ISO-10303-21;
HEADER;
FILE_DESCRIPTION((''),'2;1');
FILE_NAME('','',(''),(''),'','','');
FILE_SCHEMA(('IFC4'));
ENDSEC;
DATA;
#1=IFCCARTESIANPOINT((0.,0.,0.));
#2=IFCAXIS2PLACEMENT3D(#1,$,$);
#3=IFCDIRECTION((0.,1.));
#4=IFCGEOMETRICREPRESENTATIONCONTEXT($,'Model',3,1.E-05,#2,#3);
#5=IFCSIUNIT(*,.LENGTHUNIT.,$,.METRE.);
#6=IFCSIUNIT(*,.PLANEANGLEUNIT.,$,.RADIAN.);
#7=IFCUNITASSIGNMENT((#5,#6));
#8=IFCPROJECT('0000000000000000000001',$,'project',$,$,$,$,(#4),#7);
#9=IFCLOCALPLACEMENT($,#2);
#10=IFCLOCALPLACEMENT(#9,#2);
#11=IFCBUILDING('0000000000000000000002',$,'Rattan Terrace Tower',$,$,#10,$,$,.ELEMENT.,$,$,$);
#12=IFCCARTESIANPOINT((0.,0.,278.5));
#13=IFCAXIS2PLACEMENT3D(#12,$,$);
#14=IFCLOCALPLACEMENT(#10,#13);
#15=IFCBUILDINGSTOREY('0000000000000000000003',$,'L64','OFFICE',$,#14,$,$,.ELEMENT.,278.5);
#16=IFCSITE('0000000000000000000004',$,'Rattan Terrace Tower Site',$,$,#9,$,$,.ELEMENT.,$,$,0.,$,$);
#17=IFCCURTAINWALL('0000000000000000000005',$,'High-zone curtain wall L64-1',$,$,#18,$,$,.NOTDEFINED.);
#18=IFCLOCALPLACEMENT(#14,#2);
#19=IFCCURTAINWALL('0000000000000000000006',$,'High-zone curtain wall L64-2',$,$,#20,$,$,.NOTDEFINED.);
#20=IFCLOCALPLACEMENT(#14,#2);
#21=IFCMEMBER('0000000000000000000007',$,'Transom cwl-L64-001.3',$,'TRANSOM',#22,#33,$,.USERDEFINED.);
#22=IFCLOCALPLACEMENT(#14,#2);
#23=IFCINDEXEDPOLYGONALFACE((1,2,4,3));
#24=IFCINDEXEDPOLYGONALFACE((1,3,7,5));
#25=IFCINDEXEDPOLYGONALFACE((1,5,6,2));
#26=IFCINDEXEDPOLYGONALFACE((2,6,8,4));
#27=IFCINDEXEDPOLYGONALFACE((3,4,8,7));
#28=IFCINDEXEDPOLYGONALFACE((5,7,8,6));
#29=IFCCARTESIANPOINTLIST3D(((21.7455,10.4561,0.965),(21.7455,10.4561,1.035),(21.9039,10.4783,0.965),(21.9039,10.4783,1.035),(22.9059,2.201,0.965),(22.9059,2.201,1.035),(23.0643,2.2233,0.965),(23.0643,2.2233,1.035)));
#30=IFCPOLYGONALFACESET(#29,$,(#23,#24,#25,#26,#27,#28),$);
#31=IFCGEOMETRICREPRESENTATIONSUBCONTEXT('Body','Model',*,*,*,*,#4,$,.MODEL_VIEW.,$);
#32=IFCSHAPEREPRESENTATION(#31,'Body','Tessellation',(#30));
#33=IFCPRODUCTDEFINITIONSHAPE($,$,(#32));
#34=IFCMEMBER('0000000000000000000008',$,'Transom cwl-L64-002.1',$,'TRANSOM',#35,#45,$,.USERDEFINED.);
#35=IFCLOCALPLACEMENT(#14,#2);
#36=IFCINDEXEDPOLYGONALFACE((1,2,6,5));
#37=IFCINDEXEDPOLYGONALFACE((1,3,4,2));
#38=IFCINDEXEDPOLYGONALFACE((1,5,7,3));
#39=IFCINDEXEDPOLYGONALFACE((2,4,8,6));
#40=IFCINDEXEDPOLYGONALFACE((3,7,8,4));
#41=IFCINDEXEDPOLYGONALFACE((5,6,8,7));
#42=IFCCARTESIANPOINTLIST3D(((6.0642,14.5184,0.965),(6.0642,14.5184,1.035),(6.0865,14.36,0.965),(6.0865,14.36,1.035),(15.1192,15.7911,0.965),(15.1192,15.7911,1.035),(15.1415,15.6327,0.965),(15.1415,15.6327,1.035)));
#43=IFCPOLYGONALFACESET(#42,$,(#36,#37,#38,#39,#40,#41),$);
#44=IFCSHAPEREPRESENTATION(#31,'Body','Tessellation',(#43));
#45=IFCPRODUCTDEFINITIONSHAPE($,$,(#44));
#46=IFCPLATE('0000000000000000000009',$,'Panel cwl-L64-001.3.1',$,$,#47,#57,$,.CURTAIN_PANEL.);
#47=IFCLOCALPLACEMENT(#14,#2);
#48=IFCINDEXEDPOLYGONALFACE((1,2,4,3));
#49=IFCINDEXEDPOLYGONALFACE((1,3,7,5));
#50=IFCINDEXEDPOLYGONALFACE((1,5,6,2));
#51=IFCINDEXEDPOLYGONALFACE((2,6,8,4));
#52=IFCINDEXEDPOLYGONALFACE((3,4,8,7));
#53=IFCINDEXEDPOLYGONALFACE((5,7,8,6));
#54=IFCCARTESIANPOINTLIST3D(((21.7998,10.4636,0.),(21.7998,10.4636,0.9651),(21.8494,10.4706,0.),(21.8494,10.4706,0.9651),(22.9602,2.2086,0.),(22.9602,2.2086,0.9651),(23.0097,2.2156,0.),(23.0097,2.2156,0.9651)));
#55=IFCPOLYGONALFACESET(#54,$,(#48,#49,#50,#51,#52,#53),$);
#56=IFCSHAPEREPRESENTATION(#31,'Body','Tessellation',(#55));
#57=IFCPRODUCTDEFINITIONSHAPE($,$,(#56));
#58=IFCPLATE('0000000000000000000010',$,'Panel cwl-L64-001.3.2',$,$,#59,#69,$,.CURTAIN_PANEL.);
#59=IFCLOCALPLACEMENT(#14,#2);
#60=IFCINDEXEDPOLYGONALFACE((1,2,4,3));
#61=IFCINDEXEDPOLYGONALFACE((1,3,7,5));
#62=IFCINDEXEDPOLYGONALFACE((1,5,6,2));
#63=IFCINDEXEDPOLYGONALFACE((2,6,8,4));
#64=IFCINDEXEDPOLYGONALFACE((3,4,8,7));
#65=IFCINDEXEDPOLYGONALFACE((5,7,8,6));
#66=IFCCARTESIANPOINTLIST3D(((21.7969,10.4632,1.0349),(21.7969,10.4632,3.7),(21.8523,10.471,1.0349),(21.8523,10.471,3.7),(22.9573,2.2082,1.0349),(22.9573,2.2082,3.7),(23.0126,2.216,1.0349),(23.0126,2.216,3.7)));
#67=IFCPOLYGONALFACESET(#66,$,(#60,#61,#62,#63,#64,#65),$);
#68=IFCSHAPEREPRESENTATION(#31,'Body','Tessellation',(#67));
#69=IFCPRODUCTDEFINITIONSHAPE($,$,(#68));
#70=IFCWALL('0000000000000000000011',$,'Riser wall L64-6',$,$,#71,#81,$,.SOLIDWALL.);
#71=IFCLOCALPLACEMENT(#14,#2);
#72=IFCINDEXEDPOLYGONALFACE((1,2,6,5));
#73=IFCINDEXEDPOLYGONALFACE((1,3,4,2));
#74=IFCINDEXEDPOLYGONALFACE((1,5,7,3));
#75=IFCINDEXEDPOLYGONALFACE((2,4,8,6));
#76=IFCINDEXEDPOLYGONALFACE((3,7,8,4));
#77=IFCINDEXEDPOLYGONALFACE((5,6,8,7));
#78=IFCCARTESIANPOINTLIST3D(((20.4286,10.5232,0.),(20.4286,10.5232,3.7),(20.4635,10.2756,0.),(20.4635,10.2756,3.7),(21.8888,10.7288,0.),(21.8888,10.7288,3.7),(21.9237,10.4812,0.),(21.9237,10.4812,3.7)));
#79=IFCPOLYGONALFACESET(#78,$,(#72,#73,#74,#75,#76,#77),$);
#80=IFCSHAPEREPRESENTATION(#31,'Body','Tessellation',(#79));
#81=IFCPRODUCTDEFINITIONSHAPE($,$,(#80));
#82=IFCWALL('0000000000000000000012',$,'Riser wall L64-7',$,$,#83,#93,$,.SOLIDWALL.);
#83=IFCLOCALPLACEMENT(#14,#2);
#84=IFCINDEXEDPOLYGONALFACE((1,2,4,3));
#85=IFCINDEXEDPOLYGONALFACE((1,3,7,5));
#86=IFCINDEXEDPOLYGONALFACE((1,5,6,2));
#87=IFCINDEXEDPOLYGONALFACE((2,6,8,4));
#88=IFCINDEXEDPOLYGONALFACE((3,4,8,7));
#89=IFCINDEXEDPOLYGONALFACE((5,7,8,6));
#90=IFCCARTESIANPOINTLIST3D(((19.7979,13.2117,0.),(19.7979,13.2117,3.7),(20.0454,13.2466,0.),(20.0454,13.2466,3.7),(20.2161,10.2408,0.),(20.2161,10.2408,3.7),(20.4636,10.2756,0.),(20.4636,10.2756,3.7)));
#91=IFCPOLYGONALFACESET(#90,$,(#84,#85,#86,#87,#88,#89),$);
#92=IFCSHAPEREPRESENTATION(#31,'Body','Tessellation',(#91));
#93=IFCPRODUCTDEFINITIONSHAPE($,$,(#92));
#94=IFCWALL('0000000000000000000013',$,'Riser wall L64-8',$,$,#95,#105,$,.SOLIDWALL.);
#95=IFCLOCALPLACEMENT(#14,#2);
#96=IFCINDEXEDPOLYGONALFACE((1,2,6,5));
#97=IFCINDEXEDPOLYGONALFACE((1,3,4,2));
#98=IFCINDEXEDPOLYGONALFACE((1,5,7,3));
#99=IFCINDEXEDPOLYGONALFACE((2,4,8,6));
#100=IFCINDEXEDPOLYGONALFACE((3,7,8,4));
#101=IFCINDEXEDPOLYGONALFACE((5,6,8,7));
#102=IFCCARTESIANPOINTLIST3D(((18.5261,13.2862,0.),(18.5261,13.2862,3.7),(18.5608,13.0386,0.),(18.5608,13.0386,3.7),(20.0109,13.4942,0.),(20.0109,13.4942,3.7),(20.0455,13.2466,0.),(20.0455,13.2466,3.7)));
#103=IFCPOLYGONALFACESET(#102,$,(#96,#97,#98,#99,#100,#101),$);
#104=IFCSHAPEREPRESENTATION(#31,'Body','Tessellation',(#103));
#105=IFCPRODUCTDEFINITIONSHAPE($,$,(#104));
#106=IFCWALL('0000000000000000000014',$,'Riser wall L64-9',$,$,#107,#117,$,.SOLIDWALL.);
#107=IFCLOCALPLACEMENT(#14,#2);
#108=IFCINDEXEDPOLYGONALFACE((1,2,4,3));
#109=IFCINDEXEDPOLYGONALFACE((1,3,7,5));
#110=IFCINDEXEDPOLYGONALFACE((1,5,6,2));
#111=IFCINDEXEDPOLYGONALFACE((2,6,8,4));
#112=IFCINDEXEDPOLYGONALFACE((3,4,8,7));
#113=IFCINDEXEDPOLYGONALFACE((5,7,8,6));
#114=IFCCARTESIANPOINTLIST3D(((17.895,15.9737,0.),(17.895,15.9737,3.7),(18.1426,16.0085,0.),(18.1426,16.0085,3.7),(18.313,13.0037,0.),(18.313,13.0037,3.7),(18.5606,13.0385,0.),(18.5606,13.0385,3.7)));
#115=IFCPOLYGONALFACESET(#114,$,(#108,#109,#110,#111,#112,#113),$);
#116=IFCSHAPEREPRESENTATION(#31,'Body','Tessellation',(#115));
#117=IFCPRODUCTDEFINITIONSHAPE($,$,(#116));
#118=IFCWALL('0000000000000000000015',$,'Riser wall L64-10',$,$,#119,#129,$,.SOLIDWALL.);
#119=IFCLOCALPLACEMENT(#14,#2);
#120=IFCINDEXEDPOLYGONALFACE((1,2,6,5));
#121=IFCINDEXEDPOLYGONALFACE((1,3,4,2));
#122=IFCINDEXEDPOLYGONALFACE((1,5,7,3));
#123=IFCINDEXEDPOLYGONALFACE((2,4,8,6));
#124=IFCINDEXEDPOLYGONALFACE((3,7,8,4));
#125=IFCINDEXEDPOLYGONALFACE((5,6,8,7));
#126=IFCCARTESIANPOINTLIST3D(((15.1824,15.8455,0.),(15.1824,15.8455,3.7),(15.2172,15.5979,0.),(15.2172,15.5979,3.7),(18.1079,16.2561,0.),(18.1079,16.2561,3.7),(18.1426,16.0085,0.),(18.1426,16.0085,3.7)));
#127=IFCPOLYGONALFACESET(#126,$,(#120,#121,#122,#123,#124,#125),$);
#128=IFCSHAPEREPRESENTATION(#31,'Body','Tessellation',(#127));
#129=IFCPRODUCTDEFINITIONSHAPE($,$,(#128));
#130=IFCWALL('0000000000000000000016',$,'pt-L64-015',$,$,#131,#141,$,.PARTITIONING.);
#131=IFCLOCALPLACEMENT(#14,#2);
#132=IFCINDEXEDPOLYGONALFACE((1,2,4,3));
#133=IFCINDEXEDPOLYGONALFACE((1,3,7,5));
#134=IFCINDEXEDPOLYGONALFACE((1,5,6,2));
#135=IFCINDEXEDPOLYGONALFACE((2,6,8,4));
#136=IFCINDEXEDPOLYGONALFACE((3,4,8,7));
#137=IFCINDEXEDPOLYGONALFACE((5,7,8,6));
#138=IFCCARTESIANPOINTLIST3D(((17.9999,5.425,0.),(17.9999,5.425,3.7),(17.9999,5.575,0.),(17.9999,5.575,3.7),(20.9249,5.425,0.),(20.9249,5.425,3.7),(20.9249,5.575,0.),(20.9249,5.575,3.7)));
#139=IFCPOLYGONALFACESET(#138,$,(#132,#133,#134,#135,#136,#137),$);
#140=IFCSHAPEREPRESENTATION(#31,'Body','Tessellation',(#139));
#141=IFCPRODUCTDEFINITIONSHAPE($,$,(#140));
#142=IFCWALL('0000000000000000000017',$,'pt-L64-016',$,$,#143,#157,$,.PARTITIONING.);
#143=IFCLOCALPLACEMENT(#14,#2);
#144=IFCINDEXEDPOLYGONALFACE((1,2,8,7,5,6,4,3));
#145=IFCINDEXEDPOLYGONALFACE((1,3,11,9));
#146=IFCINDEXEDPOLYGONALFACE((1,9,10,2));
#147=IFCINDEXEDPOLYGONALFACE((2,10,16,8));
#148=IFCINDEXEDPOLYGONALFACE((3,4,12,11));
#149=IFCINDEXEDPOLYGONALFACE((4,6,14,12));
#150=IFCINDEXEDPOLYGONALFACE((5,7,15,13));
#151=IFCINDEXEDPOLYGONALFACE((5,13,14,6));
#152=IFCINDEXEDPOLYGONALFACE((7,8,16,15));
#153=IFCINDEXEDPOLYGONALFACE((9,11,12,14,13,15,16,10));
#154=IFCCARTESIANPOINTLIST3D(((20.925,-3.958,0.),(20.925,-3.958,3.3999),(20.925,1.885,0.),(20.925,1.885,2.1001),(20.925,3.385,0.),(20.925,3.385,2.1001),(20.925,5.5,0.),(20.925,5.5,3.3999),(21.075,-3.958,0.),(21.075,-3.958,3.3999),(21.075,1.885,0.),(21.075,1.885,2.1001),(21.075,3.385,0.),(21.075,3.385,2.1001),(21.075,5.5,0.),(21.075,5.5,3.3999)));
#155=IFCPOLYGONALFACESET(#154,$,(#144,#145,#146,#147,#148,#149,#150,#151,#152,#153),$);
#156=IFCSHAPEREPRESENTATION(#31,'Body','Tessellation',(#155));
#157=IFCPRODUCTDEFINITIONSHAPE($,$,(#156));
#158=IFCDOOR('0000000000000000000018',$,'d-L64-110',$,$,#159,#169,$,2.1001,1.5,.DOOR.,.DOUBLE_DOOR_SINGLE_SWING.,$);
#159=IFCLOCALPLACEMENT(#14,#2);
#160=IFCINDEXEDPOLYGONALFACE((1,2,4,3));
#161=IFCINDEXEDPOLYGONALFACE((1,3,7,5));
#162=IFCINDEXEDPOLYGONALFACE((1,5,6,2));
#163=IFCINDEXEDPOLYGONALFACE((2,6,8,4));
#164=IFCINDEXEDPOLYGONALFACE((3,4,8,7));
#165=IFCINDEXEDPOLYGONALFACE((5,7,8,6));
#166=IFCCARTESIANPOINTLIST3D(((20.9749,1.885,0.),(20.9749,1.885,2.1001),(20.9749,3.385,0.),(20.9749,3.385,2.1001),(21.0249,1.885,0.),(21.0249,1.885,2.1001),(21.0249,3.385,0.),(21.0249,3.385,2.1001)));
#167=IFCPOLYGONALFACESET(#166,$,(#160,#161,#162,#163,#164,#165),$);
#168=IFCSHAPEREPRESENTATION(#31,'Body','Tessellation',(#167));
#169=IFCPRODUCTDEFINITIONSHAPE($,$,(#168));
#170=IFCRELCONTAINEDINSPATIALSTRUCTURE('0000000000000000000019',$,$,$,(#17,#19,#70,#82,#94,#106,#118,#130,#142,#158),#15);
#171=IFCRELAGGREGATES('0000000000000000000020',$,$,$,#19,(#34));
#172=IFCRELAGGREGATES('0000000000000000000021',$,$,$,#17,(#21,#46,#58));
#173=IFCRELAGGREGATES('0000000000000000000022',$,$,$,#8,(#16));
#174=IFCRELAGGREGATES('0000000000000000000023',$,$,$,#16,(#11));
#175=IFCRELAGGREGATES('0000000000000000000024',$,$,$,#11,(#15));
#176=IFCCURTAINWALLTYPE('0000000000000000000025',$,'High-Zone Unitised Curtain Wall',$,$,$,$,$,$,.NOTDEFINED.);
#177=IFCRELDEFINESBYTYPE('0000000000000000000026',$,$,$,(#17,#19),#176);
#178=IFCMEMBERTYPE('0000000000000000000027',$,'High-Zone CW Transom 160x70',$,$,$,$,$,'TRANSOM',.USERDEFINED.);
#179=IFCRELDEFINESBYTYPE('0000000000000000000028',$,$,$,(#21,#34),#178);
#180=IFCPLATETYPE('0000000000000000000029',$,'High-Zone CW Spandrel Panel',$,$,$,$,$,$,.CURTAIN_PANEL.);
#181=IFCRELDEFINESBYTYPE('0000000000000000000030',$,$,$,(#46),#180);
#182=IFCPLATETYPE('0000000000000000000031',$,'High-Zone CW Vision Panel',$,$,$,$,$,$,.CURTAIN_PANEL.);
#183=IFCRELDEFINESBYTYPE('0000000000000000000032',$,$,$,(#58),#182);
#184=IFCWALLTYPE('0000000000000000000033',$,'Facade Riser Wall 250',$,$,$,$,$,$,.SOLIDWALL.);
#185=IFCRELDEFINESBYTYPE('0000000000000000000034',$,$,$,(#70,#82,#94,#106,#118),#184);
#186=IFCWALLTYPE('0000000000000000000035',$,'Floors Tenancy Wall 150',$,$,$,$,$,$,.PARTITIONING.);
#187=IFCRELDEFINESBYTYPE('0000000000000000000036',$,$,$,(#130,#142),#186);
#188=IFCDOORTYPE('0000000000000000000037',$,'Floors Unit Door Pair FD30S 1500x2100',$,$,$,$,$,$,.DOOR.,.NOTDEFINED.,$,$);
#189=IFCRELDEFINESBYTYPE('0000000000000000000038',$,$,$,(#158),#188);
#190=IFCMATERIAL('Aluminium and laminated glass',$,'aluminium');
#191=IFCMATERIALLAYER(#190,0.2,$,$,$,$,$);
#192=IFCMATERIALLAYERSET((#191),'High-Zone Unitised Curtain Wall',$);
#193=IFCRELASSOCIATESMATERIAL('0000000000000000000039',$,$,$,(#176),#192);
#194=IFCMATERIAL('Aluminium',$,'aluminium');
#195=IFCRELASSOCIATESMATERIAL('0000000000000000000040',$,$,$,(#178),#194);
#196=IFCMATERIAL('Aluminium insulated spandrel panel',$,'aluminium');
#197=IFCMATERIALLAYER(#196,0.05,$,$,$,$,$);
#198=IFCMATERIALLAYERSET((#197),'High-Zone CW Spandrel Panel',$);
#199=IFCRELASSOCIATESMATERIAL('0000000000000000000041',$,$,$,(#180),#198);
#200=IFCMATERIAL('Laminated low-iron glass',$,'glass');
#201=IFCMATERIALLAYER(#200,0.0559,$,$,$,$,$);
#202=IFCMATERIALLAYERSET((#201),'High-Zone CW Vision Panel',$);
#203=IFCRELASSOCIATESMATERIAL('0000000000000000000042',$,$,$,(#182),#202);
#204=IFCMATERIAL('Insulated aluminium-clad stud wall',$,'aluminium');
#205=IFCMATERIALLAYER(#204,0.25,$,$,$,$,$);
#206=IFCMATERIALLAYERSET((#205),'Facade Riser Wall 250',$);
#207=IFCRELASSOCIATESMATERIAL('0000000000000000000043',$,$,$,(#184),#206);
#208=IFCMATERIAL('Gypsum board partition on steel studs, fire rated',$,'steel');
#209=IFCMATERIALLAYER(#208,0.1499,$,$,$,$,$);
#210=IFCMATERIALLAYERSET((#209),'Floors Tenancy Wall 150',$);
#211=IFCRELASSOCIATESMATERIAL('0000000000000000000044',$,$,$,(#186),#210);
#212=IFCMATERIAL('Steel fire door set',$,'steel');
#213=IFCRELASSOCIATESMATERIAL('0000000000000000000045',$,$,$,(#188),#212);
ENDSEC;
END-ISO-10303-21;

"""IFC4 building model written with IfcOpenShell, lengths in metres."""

from ifc_helpers import new_model, si_unit, direction, frame, frame_2d, origin, origin_2d, place, context, subcontext, project, spatial, rectangle, extrude, material, layer, layer_set, material_profile, profile_set, type_object, element, fill, aggregate, save


model = new_model("IFC4")

# Units and contexts
model_context = context("Model", 3, precision=1e-05, world=origin(), true_north=direction((0.0, 1.0)))
body_context = subcontext(model_context, "Body", "Model", "MODEL_VIEW")
ifc_project = project(units=[si_unit("LENGTHUNIT", "METRE"), si_unit("PLANEANGLEUNIT", "RADIAN")], contexts=[model_context])

# Site, building, storey
site_placement = place(None, origin())
site = spatial("IfcSite", under=ifc_project, at=site_placement, Name="Rattan Terrace Tower Site", CompositionType="ELEMENT", RefElevation=0.0)
building_placement = place(site_placement, origin())
building = spatial("IfcBuilding", under=site, at=building_placement, Name="Rattan Terrace Tower", CompositionType="ELEMENT")
storey_placement = place(building_placement, frame((0.0, 0.0, 278.5)))
storey = spatial("IfcBuildingStorey", under=building, at=storey_placement, Name="L64", Description="OFFICE", CompositionType="ELEMENT", Elevation=278.5)

# Curtain walls
ifc_material_1 = material(Name="Aluminium and laminated glass", Category="aluminium")
ifc_layer_1 = layer(ifc_material_1, 0.2)
ifc_layer_set_1 = layer_set([ifc_layer_1], Name="High-Zone Unitised Curtain Wall")
curtain_wall_type = type_object("IfcCurtainWallType", Name="High-Zone Unitised Curtain Wall", PredefinedType="NOTDEFINED", material=ifc_layer_set_1)
curtain_wall_1_placement = place(storey_placement, origin())
curtain_wall_1 = element("IfcCurtainWall", 1, at=curtain_wall_1_placement, inside=storey, type_object=curtain_wall_type, Name="High-zone curtain wall L64-1", PredefinedType="NOTDEFINED")
curtain_wall_2_placement = place(storey_placement, origin())
curtain_wall_2 = element("IfcCurtainWall", 2, at=curtain_wall_2_placement, inside=storey, type_object=curtain_wall_type, Name="High-zone curtain wall L64-2", PredefinedType="NOTDEFINED")

# Members
ifc_material_2 = material(Name="Aluminium", Category="aluminium")
ifc_material_profile_1 = material_profile(ifc_material_2, rectangle(XDim=0.1599, YDim=0.0701, at=origin_2d()), Name="Aluminium 160x70")
ifc_profile_set_1 = profile_set([ifc_material_profile_1], Name="Aluminium")
member_type_1 = type_object("IfcMemberType", Name="High-Zone CW Transom 160x70", ElementType="TRANSOM", PredefinedType="USERDEFINED", material=ifc_profile_set_1)
member_1_placement = place(storey_placement, frame((22.9851, 2.2122, 1.0), z_axis=(-0.139199, 0.990264, 0.0), x_axis=(-0.990264, -0.139199, 0.0)))
member_1 = element("IfcMember", 3, at=member_1_placement, type_object=member_type_1, Name="Transom cwl-L64-001.3", ObjectType="TRANSOM", PredefinedType="USERDEFINED", context=body_context, shape_type="SweptSolid", body=[
    extrude(rectangle(XDim=0.1599, YDim=0.0701, at=origin_2d()), origin(), (0.0, 0.0, 1.0), 8.3362),
])
member_2_placement = place(storey_placement, frame((15.1304, 15.7119, 1.0), z_axis=(-0.990266, -0.139186, 0.0), x_axis=(0.139186, -0.990266, 0.0)))
member_2 = element("IfcMember", 4, at=member_2_placement, type_object=member_type_1, Name="Transom cwl-L64-002.1", ObjectType="TRANSOM", PredefinedType="USERDEFINED", context=body_context, shape_type="SweptSolid", body=[
    extrude(rectangle(XDim=0.1599, YDim=0.0701, at=origin_2d()), origin(), (0.0, 0.0, 1.0), 9.144),
])
aggregate(curtain_wall_2, [member_2])

# Plates
ifc_material_3 = material(Name="Aluminium insulated spandrel panel", Category="aluminium")
ifc_layer_2 = layer(ifc_material_3, 0.05)
ifc_layer_set_2 = layer_set([ifc_layer_2], Name="High-Zone CW Spandrel Panel")
plate_type_1 = type_object("IfcPlateType", Name="High-Zone CW Spandrel Panel", PredefinedType="CURTAIN_PANEL", material=ifc_layer_set_2)
plate_1_placement = place(storey_placement, frame((22.4048, 6.3396, 0.0), z_axis=(0.0, 0.0, 1.0), x_axis=(-0.139192, 0.990265, 0.0)))
plate_1 = element("IfcPlate", 5, at=plate_1_placement, type_object=plate_type_1, Name="Panel cwl-L64-001.3.1", PredefinedType="CURTAIN_PANEL", context=body_context, shape_type="SweptSolid", body=[
    extrude(rectangle(XDim=8.3362, YDim=0.05, at=origin_2d()), origin(), (0.0, 0.0, 1.0), 0.9651),
])
ifc_material_4 = material(Name="Laminated low-iron glass", Category="glass")
ifc_layer_3 = layer(ifc_material_4, 0.0559)
ifc_layer_set_3 = layer_set([ifc_layer_3], Name="High-Zone CW Vision Panel")
plate_type_2 = type_object("IfcPlateType", Name="High-Zone CW Vision Panel", PredefinedType="CURTAIN_PANEL", material=ifc_layer_set_3)
plate_2_placement = place(storey_placement, frame((22.4048, 6.3396, 1.0349), z_axis=(0.0, 0.0, 1.0), x_axis=(-0.139192, 0.990265, 0.0)))
plate_2 = element("IfcPlate", 6, at=plate_2_placement, type_object=plate_type_2, Name="Panel cwl-L64-001.3.2", PredefinedType="CURTAIN_PANEL", context=body_context, shape_type="SweptSolid", body=[
    extrude(rectangle(XDim=8.3362, YDim=0.0559, at=origin_2d()), origin(), (0.0, 0.0, 1.0), 2.665),
])
aggregate(curtain_wall_1, [member_1, plate_1, plate_2])

# Walls
ifc_material_5 = material(Name="Insulated aluminium-clad stud wall", Category="aluminium")
ifc_layer_4 = layer(ifc_material_5, 0.25)
ifc_layer_set_4 = layer_set([ifc_layer_4], Name="Facade Riser Wall 250")
wall_type_1 = type_object("IfcWallType", Name="Facade Riser Wall 250", PredefinedType="SOLIDWALL", material=ifc_layer_set_4)
wall_1_placement = place(storey_placement, frame((21.9062, 10.605, 0.0), z_axis=(0.0, 0.0, 1.0), x_axis=(-0.990236, -0.139404, 0.0)))
element("IfcWall", 7, at=wall_1_placement, inside=storey, type_object=wall_type_1, Name="Riser wall L64-6", PredefinedType="SOLIDWALL", context=body_context, shape_type="SweptSolid", body=[
    extrude(rectangle(XDim=1.4746, YDim=0.25, at=frame_2d((0.7373, 0.0))), origin(), (0.0, 0.0, 1.0), 3.7),
])
wall_2_placement = place(storey_placement, frame((20.3398, 10.2583, 0.0), z_axis=(0.0, 0.0, 1.0), x_axis=(-0.139393, 0.990237, 0.0)))
element("IfcWall", 8, at=wall_2_placement, inside=storey, type_object=wall_type_1, Name="Riser wall L64-7", PredefinedType="SOLIDWALL", context=body_context, shape_type="SweptSolid", body=[
    extrude(rectangle(XDim=3.0002, YDim=0.25, at=frame_2d((1.5, 0.0))), origin(), (0.0, 0.0, 1.0), 3.7),
])
wall_3_placement = place(storey_placement, frame((20.0281, 13.3704, 0.0), z_axis=(0.0, 0.0, 1.0), x_axis=(-0.99033, -0.138731, 0.0)))
element("IfcWall", 9, at=wall_3_placement, inside=storey, type_object=wall_type_1, Name="Riser wall L64-8", PredefinedType="SOLIDWALL", context=body_context, shape_type="SweptSolid", body=[
    extrude(rectangle(XDim=1.4993, YDim=0.25, at=frame_2d((0.7495, 0.0))), origin(), (0.0, 0.0, 1.0), 3.7),
])
wall_4_placement = place(storey_placement, frame((18.4368, 13.0212, 0.0), z_axis=(0.0, 0.0, 1.0), x_axis=(-0.139358, 0.990242, 0.0)))
element("IfcWall", 10, at=wall_4_placement, inside=storey, type_object=wall_type_1, Name="Riser wall L64-9", PredefinedType="SOLIDWALL", context=body_context, shape_type="SweptSolid", body=[
    extrude(rectangle(XDim=2.9993, YDim=0.25, at=frame_2d((1.4995, 0.0))), origin(), (0.0, 0.0, 1.0), 3.7),
])
wall_5_placement = place(storey_placement, frame((18.1252, 16.1323, 0.0), z_axis=(0.0, 0.0, 1.0), x_axis=(-0.990292, -0.139003, 0.0)))
element("IfcWall", 11, at=wall_5_placement, inside=storey, type_object=wall_type_1, Name="Riser wall L64-10", PredefinedType="SOLIDWALL", context=body_context, shape_type="SweptSolid", body=[
    extrude(rectangle(XDim=2.9541, YDim=0.25, at=frame_2d((1.4771, 0.0))), origin(), (0.0, 0.0, 1.0), 3.7),
])
ifc_material_6 = material(Name="Gypsum board partition on steel studs, fire rated", Category="steel")
ifc_layer_5 = layer(ifc_material_6, 0.1499)
ifc_layer_set_5 = layer_set([ifc_layer_5], Name="Floors Tenancy Wall 150")
wall_type_2 = type_object("IfcWallType", Name="Floors Tenancy Wall 150", PredefinedType="PARTITIONING", material=ifc_layer_set_5)
wall_6_placement = place(storey_placement, frame((18.0, 5.5, 0.0), z_axis=(0.0, 0.0, 1.0), x_axis=(1.0, 0.0, 0.0)))
element("IfcWall", 12, at=wall_6_placement, inside=storey, type_object=wall_type_2, Name="pt-L64-015", PredefinedType="PARTITIONING", context=body_context, shape_type="SweptSolid", body=[
    extrude(rectangle(XDim=2.925, YDim=0.1499, at=frame_2d((1.4624, 0.0))), origin(), (0.0, 0.0, 1.0), 3.7),
])

# Wall, opening, door
wall_7_placement = place(storey_placement, frame((21.0, 5.5, 0.0), z_axis=(0.0, 0.0, 1.0), x_axis=(0.0, -1.0, 0.0)))
wall_7 = element("IfcWall", 13, at=wall_7_placement, inside=storey, type_object=wall_type_2, Name="pt-L64-016", PredefinedType="PARTITIONING", context=body_context, shape_type="SweptSolid", body=[
    extrude(rectangle(XDim=9.458, YDim=0.1499, at=frame_2d((4.729, 0.0))), origin(), (0.0, 0.0, 1.0), 3.3999),
])
opening_placement = place(wall_7_placement, frame((2.115, 0.0, 0.0)))
opening = element("IfcOpeningElement", 14, at=opening_placement, cuts=wall_7, PredefinedType="OPENING", context=body_context, shape_type="SweptSolid", body=[
    extrude(rectangle(XDim=1.5, YDim=2.1001, at=frame_2d((0.75, 1.05))), frame((0.0, 0.0854, 0.0), z_axis=(0.0, -1.0, 0.0), x_axis=(1.0, 0.0, 0.0)), (0.0, 0.0, 1.0), 0.1709),
])
ifc_material_7 = material(Name="Steel fire door set", Category="steel")
door_type = type_object("IfcDoorType", Name="Floors Unit Door Pair FD30S 1500x2100", OperationType="NOTDEFINED", PredefinedType="DOOR", material=ifc_material_7)
door_placement = place(opening_placement, origin())
door = element("IfcDoor", 15, at=door_placement, inside=storey, type_object=door_type, Name="d-L64-110", OperationType="DOUBLE_DOOR_SINGLE_SWING", OverallHeight=2.1001, OverallWidth=1.5, PredefinedType="DOOR", context=body_context, shape_type="SweptSolid", body=[
    extrude(rectangle(XDim=1.5, YDim=2.1001, at=frame_2d((0.75, 1.05))), frame((0.0, 0.0249, 0.0), z_axis=(0.0, -1.0, 0.0), x_axis=(1.0, 0.0, 0.0)), (0.0, 0.0, 1.0), 0.05),
])
fill(opening, door)

save(model, "model.ifc")
